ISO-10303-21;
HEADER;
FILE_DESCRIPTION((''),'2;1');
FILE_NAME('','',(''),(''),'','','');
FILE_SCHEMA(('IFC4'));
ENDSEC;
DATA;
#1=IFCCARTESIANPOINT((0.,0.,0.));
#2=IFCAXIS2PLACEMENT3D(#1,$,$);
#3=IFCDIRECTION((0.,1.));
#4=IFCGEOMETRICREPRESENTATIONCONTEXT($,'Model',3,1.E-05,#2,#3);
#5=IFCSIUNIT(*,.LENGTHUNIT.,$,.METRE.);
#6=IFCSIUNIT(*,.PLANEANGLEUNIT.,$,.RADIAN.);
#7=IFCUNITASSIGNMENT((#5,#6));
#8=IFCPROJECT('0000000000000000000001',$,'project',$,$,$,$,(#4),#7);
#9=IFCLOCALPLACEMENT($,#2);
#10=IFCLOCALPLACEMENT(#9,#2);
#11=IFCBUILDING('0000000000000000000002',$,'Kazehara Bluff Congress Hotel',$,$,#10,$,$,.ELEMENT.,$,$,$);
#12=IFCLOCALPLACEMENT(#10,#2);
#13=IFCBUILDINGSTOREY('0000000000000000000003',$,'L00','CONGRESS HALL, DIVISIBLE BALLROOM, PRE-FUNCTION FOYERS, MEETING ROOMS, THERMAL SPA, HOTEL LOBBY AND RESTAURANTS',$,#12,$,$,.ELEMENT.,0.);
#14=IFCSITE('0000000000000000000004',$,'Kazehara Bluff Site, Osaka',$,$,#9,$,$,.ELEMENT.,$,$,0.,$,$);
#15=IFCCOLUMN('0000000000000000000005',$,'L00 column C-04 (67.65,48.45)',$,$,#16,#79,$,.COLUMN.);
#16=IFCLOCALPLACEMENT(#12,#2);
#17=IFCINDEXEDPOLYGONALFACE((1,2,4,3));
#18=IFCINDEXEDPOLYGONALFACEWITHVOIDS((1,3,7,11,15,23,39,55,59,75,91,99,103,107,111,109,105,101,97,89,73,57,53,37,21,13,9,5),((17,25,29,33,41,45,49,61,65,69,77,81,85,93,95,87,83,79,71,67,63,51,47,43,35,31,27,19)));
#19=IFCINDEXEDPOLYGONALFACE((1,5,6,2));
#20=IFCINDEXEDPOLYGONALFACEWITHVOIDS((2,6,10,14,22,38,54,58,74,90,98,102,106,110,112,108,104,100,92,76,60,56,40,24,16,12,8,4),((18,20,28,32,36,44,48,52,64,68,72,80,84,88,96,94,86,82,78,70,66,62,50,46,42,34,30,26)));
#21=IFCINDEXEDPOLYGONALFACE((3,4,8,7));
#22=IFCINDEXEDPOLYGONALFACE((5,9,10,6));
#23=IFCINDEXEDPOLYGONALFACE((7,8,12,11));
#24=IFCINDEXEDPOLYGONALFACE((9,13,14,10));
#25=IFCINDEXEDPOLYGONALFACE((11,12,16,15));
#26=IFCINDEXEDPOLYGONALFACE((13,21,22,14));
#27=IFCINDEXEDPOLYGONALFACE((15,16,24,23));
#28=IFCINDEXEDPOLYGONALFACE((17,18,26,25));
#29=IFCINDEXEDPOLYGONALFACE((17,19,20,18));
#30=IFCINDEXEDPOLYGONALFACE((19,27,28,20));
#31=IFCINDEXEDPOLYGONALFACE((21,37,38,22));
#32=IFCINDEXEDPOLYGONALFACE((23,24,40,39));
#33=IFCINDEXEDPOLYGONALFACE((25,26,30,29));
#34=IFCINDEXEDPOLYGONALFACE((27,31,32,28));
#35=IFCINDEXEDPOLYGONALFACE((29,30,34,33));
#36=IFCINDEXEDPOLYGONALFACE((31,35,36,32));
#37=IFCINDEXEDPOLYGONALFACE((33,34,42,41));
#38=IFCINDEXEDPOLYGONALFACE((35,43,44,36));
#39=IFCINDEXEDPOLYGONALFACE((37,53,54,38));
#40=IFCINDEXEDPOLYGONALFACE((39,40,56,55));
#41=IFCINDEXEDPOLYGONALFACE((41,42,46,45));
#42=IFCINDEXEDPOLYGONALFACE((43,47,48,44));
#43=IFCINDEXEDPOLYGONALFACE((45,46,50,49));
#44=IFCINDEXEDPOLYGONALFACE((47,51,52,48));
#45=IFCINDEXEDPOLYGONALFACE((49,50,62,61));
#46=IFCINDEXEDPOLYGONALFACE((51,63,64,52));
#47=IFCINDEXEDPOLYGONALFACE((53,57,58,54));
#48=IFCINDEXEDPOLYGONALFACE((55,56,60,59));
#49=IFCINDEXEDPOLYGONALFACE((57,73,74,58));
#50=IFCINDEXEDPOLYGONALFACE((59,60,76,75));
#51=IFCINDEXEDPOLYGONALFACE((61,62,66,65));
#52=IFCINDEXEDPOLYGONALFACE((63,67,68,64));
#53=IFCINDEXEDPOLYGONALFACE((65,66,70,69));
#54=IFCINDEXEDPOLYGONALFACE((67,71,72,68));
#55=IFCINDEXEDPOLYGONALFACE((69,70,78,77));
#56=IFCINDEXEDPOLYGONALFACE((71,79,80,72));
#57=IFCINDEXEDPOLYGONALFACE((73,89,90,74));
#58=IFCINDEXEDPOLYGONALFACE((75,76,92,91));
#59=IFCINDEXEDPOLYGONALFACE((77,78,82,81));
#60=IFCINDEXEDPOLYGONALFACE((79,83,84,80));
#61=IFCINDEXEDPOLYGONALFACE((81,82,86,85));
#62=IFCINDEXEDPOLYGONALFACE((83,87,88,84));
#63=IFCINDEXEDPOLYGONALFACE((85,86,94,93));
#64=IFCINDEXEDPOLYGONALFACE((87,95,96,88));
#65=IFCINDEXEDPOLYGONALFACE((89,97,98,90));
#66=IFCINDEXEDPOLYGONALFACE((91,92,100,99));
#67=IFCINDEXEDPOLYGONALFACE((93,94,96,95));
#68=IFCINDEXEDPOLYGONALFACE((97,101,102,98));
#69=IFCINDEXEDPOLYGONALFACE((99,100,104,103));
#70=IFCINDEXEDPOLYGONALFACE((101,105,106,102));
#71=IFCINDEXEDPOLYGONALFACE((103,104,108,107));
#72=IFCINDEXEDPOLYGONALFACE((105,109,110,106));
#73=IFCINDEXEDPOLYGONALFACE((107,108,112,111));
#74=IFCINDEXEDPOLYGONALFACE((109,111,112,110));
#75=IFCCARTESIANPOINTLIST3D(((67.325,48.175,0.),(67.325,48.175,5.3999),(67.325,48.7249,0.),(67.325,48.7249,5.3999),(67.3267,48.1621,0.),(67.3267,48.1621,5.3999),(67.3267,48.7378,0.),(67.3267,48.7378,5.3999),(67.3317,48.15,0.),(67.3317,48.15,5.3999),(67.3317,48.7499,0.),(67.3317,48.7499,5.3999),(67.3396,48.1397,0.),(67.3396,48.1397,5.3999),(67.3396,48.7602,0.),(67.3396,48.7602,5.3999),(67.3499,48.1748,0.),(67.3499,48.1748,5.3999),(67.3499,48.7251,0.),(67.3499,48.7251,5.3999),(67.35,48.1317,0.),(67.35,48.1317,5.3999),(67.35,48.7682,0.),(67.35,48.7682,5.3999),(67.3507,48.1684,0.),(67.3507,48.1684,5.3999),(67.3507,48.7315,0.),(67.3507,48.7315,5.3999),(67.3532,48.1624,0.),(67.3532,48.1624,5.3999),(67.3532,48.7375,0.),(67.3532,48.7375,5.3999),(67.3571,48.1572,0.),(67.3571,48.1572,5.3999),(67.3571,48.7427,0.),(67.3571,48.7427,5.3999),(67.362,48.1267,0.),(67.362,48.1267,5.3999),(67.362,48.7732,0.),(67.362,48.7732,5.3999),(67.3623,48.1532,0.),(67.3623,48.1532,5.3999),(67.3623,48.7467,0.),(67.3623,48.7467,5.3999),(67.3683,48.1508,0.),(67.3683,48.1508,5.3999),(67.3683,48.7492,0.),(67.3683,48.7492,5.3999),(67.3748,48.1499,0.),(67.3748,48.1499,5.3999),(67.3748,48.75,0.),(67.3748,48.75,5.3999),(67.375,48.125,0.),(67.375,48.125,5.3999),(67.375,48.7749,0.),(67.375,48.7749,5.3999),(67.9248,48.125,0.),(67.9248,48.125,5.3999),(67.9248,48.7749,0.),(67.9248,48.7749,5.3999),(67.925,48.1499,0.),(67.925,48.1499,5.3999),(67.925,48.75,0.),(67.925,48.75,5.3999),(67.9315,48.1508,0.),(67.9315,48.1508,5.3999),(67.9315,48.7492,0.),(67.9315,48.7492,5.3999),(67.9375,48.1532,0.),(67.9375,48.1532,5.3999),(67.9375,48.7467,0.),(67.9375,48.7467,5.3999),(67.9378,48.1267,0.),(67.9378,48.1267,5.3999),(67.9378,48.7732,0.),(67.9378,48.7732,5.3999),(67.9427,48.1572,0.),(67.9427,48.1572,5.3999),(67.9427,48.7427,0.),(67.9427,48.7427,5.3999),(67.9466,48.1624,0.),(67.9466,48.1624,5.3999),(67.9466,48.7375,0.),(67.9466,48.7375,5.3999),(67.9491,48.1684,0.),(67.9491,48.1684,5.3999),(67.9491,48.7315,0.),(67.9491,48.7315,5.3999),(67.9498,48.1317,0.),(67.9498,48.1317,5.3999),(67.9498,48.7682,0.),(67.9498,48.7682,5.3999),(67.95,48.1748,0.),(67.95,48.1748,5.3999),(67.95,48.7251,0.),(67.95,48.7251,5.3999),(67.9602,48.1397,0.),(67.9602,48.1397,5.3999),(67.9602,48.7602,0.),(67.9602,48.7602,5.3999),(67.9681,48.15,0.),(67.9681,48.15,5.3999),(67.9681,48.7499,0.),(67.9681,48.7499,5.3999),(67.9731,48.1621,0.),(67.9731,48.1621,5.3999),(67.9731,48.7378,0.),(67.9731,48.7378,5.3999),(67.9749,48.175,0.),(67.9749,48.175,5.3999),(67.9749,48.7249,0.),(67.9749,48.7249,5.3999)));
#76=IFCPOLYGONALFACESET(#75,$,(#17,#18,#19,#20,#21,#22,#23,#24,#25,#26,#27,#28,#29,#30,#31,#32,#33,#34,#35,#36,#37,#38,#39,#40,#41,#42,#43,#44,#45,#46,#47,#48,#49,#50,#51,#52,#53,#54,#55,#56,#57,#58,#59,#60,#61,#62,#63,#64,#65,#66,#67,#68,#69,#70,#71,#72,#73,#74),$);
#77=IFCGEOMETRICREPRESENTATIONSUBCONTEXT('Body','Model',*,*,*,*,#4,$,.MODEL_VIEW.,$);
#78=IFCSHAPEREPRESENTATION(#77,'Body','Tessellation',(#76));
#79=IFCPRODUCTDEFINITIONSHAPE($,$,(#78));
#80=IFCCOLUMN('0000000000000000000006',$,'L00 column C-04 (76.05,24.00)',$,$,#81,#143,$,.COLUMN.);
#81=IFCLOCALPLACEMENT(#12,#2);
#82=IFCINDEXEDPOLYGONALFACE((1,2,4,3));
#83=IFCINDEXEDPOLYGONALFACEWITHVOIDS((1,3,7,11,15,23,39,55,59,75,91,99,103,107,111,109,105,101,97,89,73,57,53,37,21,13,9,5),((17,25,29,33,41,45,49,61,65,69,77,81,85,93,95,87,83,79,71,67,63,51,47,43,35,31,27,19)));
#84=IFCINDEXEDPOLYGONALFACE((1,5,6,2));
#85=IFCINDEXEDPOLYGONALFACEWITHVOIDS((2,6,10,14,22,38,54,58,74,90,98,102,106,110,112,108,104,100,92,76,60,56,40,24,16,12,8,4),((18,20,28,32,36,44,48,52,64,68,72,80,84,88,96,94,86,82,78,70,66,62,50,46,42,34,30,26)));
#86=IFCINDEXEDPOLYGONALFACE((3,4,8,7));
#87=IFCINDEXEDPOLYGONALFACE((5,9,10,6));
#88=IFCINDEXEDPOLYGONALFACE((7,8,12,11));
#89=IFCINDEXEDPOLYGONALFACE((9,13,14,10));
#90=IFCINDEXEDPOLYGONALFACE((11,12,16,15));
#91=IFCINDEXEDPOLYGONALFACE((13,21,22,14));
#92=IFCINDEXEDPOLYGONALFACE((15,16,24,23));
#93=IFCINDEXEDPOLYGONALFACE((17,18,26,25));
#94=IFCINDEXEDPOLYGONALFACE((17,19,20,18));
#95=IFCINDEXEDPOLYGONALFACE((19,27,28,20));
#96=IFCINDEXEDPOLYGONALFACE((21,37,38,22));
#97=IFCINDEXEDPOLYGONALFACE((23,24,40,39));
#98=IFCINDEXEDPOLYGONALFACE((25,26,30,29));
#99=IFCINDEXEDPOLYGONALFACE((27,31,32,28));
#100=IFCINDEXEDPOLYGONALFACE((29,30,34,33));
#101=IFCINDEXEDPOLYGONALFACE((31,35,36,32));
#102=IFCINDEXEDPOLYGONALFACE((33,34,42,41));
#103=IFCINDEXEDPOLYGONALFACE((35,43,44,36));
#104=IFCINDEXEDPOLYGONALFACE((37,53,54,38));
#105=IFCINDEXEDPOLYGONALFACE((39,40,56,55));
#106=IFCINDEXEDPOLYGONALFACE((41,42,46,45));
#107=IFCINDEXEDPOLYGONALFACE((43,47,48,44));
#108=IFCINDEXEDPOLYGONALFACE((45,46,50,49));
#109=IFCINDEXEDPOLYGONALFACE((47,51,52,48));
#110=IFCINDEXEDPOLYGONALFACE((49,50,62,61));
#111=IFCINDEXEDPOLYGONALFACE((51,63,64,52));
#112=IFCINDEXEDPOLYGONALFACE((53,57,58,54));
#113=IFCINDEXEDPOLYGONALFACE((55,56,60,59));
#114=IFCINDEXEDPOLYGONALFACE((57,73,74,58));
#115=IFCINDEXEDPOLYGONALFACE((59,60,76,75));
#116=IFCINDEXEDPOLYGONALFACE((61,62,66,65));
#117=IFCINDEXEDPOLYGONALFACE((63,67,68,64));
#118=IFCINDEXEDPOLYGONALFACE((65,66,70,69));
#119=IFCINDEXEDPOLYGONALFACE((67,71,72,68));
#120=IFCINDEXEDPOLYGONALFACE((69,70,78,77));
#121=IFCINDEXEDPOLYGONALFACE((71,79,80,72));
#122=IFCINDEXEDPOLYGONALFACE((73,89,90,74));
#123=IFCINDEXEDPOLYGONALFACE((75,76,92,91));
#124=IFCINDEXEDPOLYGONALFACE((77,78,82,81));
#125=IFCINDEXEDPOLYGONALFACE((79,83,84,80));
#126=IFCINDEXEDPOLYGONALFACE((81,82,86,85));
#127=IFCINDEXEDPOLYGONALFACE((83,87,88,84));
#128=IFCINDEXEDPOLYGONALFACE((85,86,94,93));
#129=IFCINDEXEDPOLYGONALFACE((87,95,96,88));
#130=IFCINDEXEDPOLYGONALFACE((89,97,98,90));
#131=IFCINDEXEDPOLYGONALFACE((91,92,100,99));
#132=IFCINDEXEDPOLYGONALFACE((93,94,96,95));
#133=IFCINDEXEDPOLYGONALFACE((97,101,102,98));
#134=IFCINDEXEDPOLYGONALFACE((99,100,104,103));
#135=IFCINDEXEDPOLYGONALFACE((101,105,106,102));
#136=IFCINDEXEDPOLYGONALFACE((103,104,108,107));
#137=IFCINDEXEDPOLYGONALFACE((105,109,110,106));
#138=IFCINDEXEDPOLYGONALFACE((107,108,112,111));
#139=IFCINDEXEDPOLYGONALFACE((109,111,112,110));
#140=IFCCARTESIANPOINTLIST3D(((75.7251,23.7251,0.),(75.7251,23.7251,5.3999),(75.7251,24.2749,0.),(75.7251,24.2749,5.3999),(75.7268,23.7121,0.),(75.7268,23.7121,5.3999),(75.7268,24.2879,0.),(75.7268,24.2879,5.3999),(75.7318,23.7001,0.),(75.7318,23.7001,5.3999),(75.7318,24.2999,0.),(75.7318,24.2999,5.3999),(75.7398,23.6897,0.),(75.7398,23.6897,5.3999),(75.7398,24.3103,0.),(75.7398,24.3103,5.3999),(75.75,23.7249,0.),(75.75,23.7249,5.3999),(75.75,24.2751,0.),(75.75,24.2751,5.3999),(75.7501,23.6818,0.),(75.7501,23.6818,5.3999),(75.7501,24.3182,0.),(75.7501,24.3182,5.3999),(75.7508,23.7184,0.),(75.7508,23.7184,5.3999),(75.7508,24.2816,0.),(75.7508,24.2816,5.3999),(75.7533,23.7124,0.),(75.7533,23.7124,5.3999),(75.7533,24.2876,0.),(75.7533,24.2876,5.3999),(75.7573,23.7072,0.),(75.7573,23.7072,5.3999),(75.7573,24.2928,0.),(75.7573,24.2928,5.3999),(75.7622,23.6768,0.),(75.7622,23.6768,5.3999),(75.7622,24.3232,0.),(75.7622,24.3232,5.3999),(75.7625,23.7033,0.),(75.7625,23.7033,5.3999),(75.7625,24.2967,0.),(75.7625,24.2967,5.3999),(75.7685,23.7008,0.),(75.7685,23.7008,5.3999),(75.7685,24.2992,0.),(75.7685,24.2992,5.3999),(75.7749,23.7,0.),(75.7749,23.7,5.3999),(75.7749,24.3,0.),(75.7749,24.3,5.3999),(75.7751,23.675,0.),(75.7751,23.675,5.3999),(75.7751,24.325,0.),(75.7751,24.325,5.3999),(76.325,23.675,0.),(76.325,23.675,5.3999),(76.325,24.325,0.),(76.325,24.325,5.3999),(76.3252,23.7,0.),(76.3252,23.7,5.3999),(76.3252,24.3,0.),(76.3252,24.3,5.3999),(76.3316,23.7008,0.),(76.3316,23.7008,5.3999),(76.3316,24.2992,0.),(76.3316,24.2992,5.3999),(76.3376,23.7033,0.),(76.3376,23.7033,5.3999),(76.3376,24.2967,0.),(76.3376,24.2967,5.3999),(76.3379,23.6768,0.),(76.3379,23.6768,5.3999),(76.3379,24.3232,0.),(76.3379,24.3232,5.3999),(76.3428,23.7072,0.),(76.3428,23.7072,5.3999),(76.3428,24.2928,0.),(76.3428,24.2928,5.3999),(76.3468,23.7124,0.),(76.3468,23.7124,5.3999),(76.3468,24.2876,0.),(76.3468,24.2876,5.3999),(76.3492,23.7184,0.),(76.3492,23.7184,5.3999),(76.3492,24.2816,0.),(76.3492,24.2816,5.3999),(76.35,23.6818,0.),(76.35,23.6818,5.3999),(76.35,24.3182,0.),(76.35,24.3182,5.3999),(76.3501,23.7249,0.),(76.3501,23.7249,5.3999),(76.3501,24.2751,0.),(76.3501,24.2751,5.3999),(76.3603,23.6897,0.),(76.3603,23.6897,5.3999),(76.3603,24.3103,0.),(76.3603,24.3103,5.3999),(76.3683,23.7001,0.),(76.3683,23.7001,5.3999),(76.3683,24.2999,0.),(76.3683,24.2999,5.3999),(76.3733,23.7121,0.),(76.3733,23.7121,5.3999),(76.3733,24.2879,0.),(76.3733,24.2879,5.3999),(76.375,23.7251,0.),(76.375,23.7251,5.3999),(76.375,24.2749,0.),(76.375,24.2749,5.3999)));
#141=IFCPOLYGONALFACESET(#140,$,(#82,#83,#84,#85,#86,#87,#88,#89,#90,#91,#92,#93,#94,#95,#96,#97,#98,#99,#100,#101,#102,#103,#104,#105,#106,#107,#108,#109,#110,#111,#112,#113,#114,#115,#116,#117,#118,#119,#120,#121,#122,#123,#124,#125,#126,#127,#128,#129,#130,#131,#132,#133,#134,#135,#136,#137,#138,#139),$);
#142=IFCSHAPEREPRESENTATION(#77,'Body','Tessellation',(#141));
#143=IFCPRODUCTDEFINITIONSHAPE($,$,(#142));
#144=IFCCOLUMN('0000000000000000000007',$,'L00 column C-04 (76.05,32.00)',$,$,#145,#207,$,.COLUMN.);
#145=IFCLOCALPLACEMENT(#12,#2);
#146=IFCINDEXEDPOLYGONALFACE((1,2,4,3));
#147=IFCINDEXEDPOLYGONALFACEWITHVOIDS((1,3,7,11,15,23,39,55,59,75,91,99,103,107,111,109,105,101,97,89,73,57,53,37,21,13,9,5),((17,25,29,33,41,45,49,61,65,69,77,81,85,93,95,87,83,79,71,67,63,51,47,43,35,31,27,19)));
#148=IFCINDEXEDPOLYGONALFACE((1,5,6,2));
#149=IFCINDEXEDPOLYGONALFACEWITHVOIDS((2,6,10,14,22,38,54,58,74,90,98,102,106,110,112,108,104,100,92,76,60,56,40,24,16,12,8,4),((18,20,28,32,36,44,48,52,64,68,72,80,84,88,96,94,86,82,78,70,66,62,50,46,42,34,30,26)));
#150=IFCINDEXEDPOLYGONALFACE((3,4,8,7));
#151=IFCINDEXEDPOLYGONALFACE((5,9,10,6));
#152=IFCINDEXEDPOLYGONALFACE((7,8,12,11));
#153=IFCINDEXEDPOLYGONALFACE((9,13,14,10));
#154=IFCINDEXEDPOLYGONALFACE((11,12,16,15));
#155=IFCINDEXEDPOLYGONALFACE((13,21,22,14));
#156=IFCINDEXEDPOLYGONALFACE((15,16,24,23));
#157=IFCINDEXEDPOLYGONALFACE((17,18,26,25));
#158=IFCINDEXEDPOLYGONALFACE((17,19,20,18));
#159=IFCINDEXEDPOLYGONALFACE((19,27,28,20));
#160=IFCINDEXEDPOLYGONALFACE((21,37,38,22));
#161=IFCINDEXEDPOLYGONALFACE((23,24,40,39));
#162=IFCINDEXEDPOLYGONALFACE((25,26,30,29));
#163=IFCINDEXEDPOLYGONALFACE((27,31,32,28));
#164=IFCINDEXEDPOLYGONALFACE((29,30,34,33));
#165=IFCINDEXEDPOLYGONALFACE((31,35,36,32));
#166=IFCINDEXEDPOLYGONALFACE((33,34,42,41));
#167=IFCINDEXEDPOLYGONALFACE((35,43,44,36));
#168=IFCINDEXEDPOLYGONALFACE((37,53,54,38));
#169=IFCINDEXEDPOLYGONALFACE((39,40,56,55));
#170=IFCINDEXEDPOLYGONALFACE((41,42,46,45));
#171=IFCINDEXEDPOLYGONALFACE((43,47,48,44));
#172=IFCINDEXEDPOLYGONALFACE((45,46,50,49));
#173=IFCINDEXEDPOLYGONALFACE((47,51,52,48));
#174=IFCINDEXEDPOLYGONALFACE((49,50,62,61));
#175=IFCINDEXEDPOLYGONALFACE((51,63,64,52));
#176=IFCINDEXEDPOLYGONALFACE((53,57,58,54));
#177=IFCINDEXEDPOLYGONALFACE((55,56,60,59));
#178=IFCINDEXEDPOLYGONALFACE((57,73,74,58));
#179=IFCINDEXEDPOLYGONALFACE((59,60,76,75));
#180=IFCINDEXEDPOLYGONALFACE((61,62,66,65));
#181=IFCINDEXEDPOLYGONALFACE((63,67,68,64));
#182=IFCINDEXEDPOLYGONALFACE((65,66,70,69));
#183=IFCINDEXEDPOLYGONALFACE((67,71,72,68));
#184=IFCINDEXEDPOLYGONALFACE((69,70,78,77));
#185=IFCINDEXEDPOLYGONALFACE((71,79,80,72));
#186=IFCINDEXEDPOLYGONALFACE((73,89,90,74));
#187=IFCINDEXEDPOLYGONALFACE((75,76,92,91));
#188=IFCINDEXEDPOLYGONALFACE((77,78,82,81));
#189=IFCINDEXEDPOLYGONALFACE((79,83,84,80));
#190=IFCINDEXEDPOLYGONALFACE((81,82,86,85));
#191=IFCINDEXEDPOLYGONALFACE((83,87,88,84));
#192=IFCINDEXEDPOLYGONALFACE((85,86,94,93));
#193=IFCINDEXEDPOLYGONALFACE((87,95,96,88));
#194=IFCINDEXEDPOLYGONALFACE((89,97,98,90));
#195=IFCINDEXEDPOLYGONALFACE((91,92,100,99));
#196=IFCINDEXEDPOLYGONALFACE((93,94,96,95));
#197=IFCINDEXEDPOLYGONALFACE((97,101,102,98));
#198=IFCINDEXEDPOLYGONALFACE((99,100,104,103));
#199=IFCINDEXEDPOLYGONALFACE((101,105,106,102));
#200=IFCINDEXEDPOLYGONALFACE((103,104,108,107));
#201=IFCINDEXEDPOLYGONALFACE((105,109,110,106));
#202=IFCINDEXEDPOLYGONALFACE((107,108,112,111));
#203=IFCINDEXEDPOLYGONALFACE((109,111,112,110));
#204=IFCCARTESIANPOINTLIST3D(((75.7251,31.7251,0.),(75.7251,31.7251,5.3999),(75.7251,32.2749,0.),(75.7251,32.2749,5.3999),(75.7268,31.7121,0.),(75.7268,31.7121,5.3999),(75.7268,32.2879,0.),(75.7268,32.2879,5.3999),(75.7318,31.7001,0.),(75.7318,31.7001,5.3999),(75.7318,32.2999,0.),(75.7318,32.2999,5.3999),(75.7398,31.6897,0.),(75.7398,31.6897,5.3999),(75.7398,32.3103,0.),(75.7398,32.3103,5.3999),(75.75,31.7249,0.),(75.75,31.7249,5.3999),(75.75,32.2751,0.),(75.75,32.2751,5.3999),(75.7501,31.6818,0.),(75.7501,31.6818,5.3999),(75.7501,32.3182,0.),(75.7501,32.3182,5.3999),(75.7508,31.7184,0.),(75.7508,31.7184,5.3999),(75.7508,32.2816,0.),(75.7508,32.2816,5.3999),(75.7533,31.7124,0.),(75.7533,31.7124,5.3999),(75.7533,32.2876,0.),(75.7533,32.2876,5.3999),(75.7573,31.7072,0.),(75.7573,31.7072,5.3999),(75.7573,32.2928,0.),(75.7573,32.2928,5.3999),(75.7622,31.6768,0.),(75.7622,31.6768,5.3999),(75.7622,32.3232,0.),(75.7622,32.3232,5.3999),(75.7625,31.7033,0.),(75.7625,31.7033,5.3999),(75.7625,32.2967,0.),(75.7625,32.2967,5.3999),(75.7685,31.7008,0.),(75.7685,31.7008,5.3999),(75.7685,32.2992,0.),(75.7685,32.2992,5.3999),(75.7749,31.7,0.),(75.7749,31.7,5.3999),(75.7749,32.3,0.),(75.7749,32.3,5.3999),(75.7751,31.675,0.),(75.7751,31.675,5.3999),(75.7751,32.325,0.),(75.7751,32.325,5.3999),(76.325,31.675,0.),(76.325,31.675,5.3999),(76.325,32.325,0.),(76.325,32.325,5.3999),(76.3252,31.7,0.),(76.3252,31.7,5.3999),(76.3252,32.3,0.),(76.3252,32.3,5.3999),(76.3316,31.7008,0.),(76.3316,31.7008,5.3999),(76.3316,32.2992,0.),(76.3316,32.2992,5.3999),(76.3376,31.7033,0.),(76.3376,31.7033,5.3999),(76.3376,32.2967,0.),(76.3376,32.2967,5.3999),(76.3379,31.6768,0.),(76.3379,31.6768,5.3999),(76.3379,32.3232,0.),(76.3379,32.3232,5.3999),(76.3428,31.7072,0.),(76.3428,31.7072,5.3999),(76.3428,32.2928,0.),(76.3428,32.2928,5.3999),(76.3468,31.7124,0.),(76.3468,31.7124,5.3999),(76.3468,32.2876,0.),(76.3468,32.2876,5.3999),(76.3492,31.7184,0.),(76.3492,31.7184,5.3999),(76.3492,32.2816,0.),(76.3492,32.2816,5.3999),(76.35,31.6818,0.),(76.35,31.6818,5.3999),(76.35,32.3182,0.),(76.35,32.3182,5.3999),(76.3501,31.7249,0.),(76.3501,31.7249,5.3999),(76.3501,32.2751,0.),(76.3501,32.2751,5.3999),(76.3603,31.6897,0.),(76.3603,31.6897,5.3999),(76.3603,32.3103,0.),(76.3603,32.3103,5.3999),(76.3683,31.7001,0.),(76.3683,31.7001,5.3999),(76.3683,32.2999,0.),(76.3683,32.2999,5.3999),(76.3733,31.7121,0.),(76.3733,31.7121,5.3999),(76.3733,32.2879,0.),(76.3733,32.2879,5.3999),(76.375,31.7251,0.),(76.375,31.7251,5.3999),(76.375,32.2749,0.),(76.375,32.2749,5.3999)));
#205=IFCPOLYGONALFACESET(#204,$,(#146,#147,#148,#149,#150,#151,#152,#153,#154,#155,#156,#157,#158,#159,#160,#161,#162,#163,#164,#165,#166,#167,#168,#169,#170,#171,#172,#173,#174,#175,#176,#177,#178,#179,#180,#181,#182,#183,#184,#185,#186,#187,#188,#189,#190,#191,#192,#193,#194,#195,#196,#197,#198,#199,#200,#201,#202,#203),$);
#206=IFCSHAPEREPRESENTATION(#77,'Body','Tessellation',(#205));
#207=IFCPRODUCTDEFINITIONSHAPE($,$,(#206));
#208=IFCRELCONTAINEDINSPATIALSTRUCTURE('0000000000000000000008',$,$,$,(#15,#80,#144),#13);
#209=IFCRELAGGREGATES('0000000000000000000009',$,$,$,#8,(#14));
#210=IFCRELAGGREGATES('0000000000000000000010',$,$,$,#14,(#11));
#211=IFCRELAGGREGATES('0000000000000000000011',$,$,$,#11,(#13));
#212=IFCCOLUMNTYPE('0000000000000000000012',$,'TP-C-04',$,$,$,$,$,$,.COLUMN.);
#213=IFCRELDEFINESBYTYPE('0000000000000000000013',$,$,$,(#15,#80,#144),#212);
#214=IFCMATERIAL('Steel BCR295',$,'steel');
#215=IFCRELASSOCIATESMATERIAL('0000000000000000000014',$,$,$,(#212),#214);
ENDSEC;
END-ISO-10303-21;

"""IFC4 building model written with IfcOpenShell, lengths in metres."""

from ifc_helpers import new_model, si_unit, direction, frame, origin, origin_2d, place, context, subcontext, project, spatial, hollow_rectangle, extrude, material, material_profile, profile_set, type_object, element, save


model = new_model("IFC4")

# Units and contexts
model_context = context("Model", 3, precision=1e-05, world=origin(), true_north=direction((0.0, 1.0)))
body_context = subcontext(model_context, "Body", "Model", "MODEL_VIEW")
ifc_project = project(units=[si_unit("LENGTHUNIT", "METRE"), si_unit("PLANEANGLEUNIT", "RADIAN")], contexts=[model_context])

# Site, building, storey
site_placement = place(None, origin())
site = spatial("IfcSite", under=ifc_project, at=site_placement, Name="Kazehara Bluff Site, Osaka", CompositionType="ELEMENT", RefElevation=0.0)
building_placement = place(site_placement, origin())
building = spatial("IfcBuilding", under=site, at=building_placement, Name="Kazehara Bluff Congress Hotel", CompositionType="ELEMENT")
storey_placement = place(building_placement, origin())
storey = spatial("IfcBuildingStorey", under=building, at=storey_placement, Name="L00", Description="CONGRESS HALL, DIVISIBLE BALLROOM, PRE-FUNCTION FOYERS, MEETING ROOMS, THERMAL SPA, HOTEL LOBBY AND RESTAURANTS", CompositionType="ELEMENT", Elevation=0.0)

# Columns
ifc_material_1 = material(Name="Steel BCR295", Category="steel")
ifc_material_profile_1 = material_profile(ifc_material_1, hollow_rectangle(XDim=0.6499, YDim=0.6499, WallThickness=0.0249, InnerFilletRadius=0.0249, OuterFilletRadius=0.05, at=origin_2d()))
ifc_profile_set_1 = profile_set([ifc_material_profile_1], Name="Steel BCR295")
column_type = type_object("IfcColumnType", Name="TP-C-04", PredefinedType="COLUMN", material=ifc_profile_set_1)
for number, where, z_axis, x_axis, name in (
    (1, (67.6499, 48.45, 0.0), (0.0, 0.0, 1.0), (1.0, 0.0, 0.0), "L00 column C-04 (67.65,48.45)"),
    (2, (76.05, 24.0, 0.0), (0.0, 0.0, 1.0), (1.0, 0.0, 0.0), "L00 column C-04 (76.05,24.00)"),
    (3, (76.05, 32.0, 0.0), (0.0, 0.0, 1.0), (1.0, 0.0, 0.0), "L00 column C-04 (76.05,32.00)"),
):
    element("IfcColumn", number, at=place(storey_placement, frame(where, z_axis=z_axis, x_axis=x_axis)), inside=storey, type_object=column_type, Name=name, PredefinedType="COLUMN", context=body_context, shape_type="SweptSolid", body=[
        extrude(hollow_rectangle(XDim=0.6499, YDim=0.6499, WallThickness=0.0249, InnerFilletRadius=0.0249, OuterFilletRadius=0.05, at=origin_2d()), origin(), (0.0, 0.0, 1.0), 5.3999),
    ])

save(model, "model.ifc")
